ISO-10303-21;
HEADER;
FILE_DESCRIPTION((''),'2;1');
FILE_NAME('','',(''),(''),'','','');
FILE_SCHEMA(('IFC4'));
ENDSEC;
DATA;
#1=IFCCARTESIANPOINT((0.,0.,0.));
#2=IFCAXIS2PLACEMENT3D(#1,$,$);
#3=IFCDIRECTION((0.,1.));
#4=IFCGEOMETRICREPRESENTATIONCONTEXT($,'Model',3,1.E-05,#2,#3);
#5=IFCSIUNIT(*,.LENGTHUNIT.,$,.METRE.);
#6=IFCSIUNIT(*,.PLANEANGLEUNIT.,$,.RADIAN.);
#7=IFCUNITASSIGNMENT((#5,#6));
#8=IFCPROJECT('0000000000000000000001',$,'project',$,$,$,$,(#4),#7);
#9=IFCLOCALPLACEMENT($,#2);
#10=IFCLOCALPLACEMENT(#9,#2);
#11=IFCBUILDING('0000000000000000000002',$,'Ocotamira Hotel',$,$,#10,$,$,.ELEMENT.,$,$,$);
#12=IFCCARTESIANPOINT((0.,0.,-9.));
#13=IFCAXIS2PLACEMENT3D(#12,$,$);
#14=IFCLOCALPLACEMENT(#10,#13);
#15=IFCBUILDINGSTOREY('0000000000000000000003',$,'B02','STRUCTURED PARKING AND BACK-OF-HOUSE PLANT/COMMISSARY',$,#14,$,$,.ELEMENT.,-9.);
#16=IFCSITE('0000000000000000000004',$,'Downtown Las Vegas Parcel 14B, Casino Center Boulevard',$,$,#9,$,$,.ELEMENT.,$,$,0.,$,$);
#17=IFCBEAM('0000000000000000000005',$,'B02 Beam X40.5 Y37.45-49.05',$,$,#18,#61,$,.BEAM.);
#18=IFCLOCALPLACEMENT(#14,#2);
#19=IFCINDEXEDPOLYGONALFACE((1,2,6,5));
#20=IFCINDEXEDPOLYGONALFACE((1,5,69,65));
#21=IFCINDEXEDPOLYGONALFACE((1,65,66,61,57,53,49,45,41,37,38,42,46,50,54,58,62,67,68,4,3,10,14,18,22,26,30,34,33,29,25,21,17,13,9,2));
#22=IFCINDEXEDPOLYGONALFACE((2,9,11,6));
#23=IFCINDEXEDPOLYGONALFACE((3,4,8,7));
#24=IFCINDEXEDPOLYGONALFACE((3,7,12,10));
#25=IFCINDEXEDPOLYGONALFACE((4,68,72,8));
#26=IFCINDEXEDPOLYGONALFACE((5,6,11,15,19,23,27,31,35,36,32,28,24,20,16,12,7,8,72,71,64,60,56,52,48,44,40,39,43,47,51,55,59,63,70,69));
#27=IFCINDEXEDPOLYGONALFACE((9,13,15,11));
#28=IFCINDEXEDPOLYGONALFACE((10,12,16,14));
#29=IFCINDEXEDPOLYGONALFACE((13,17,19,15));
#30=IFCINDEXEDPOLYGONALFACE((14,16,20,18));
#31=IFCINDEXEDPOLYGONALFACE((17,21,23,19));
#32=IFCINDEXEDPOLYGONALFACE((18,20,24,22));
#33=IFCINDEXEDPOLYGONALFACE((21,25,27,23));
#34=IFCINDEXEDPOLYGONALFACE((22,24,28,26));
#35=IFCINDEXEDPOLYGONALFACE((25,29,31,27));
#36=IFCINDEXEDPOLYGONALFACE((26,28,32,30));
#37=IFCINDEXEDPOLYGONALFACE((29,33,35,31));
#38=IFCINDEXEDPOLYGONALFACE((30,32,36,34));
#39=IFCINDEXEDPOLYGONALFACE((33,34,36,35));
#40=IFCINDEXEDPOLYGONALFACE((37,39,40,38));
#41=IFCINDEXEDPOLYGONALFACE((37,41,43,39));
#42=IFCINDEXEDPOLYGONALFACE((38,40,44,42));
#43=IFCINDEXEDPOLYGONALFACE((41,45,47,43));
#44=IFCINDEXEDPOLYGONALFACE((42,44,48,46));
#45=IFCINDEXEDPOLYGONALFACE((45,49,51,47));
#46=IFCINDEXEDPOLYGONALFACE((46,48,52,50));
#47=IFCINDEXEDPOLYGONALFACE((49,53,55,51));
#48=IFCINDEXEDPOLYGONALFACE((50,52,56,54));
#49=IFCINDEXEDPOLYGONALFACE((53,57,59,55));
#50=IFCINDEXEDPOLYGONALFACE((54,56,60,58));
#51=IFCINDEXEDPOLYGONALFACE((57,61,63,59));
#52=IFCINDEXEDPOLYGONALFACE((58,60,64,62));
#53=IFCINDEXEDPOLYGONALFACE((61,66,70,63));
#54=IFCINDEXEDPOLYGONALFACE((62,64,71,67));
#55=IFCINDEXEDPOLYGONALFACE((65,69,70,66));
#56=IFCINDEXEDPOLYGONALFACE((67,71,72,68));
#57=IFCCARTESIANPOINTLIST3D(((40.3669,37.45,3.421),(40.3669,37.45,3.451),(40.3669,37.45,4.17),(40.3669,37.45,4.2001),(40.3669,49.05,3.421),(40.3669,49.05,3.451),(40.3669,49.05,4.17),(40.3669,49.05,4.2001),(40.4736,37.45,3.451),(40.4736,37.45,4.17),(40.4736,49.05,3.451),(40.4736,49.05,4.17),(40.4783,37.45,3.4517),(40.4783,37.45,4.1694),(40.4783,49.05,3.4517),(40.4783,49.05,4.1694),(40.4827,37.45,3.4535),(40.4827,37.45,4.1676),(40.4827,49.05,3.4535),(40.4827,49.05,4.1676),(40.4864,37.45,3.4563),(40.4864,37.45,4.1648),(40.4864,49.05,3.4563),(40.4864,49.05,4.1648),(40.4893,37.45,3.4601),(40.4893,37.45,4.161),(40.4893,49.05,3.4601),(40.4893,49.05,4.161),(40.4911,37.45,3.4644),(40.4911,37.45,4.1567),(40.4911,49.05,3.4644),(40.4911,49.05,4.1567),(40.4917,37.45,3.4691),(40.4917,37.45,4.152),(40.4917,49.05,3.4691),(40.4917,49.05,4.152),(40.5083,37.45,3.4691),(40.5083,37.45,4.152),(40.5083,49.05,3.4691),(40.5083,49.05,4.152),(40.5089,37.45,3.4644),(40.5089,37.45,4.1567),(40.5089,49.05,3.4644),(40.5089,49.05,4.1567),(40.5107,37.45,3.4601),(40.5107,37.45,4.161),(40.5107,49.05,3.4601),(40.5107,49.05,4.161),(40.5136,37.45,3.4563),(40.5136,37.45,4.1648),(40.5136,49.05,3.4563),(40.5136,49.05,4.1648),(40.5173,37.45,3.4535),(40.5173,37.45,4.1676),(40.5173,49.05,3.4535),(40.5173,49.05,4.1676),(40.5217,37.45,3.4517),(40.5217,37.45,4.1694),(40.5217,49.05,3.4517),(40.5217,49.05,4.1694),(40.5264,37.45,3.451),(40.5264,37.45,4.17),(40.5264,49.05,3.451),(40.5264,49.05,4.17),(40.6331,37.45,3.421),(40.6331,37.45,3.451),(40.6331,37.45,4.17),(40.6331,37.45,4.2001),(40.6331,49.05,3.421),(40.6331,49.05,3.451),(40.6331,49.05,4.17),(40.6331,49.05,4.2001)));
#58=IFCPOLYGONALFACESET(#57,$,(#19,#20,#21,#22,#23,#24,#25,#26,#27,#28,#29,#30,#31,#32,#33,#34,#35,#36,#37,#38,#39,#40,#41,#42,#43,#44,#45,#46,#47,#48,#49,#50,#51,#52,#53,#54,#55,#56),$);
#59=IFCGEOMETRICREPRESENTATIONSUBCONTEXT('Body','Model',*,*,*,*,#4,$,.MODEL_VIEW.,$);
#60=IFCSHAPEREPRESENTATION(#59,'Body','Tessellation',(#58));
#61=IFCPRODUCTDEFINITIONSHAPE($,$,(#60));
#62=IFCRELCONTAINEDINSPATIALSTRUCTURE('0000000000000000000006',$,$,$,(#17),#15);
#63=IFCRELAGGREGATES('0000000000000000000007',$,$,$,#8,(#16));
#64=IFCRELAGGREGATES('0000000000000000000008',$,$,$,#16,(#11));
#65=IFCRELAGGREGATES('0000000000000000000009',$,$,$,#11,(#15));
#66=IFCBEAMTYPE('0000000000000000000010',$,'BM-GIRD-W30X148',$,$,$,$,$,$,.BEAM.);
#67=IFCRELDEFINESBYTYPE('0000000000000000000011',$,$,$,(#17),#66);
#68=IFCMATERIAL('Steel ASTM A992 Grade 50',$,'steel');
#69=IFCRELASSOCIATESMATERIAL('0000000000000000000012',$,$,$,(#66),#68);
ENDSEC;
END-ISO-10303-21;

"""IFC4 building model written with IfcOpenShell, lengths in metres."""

from ifc_helpers import new_model, si_unit, direction, frame, origin, origin_2d, place, context, subcontext, project, spatial, i_section, extrude, source, transform, mapped, material, material_profile, profile_set, type_object, element, save


model = new_model("IFC4")

# Units and contexts
model_context = context("Model", 3, precision=1e-05, world=origin(), true_north=direction((0.0, 1.0)))
body_context = subcontext(model_context, "Body", "Model", "MODEL_VIEW")
ifc_project = project(units=[si_unit("LENGTHUNIT", "METRE"), si_unit("PLANEANGLEUNIT", "RADIAN")], contexts=[model_context])

# Site, building, storey
site_placement = place(None, origin())
site = spatial("IfcSite", under=ifc_project, at=site_placement, Name="Downtown Las Vegas Parcel 14B, Casino Center Boulevard", CompositionType="ELEMENT", RefElevation=0.0)
building_placement = place(site_placement, origin())
building = spatial("IfcBuilding", under=site, at=building_placement, Name="Ocotamira Hotel", CompositionType="ELEMENT")
storey_placement = place(building_placement, frame((0.0, 0.0, -9.0)))
storey = spatial("IfcBuildingStorey", under=building, at=storey_placement, Name="B02", Description="STRUCTURED PARKING AND BACK-OF-HOUSE PLANT/COMMISSARY", CompositionType="ELEMENT", Elevation=-9.0)

# Beam
ifc_material_1 = material(Name="Steel ASTM A992 Grade 50", Category="steel")
ifc_material_profile_1 = material_profile(ifc_material_1, i_section(OverallWidth=0.2661, OverallDepth=0.7791, WebThickness=0.0166, FlangeThickness=0.03, FilletRadius=0.0181, at=origin_2d()), Name="W30X148")
ifc_profile_set_1 = profile_set([ifc_material_profile_1], Name="Steel ASTM A992 Grade 50")
beam_type_1 = type_object("IfcBeamType", Name="BM-GIRD-W30X148", PredefinedType="BEAM", material=ifc_profile_set_1)
shared_shape_1 = source(origin(), body_context, "Body", "SweptSolid", [
    extrude(i_section(OverallWidth=0.2661, OverallDepth=0.7791, WebThickness=0.0166, FlangeThickness=0.03, FilletRadius=0.0181, at=origin_2d()), origin(), (0.0, 0.0, 1.0), 11.6001),
])
for number, where, z_axis, x_axis, name in (
    (1, (40.5, 37.45, 3.8105), (0.0, 1.0, 0.0), (-1.0, 0.0, 0.0), "B02 Beam X40.5 Y37.45-49.05"),
):
    element("IfcBeam", number, at=place(storey_placement, frame(where, z_axis=z_axis, x_axis=x_axis)), inside=storey, type_object=beam_type_1, Name=name, PredefinedType="BEAM", context=body_context, shape_type="MappedRepresentation", body=[
        mapped(shared_shape_1, transform((0.0, 0.0, 0.0), scale=1.0)),
    ])

save(model, "model.ifc")
